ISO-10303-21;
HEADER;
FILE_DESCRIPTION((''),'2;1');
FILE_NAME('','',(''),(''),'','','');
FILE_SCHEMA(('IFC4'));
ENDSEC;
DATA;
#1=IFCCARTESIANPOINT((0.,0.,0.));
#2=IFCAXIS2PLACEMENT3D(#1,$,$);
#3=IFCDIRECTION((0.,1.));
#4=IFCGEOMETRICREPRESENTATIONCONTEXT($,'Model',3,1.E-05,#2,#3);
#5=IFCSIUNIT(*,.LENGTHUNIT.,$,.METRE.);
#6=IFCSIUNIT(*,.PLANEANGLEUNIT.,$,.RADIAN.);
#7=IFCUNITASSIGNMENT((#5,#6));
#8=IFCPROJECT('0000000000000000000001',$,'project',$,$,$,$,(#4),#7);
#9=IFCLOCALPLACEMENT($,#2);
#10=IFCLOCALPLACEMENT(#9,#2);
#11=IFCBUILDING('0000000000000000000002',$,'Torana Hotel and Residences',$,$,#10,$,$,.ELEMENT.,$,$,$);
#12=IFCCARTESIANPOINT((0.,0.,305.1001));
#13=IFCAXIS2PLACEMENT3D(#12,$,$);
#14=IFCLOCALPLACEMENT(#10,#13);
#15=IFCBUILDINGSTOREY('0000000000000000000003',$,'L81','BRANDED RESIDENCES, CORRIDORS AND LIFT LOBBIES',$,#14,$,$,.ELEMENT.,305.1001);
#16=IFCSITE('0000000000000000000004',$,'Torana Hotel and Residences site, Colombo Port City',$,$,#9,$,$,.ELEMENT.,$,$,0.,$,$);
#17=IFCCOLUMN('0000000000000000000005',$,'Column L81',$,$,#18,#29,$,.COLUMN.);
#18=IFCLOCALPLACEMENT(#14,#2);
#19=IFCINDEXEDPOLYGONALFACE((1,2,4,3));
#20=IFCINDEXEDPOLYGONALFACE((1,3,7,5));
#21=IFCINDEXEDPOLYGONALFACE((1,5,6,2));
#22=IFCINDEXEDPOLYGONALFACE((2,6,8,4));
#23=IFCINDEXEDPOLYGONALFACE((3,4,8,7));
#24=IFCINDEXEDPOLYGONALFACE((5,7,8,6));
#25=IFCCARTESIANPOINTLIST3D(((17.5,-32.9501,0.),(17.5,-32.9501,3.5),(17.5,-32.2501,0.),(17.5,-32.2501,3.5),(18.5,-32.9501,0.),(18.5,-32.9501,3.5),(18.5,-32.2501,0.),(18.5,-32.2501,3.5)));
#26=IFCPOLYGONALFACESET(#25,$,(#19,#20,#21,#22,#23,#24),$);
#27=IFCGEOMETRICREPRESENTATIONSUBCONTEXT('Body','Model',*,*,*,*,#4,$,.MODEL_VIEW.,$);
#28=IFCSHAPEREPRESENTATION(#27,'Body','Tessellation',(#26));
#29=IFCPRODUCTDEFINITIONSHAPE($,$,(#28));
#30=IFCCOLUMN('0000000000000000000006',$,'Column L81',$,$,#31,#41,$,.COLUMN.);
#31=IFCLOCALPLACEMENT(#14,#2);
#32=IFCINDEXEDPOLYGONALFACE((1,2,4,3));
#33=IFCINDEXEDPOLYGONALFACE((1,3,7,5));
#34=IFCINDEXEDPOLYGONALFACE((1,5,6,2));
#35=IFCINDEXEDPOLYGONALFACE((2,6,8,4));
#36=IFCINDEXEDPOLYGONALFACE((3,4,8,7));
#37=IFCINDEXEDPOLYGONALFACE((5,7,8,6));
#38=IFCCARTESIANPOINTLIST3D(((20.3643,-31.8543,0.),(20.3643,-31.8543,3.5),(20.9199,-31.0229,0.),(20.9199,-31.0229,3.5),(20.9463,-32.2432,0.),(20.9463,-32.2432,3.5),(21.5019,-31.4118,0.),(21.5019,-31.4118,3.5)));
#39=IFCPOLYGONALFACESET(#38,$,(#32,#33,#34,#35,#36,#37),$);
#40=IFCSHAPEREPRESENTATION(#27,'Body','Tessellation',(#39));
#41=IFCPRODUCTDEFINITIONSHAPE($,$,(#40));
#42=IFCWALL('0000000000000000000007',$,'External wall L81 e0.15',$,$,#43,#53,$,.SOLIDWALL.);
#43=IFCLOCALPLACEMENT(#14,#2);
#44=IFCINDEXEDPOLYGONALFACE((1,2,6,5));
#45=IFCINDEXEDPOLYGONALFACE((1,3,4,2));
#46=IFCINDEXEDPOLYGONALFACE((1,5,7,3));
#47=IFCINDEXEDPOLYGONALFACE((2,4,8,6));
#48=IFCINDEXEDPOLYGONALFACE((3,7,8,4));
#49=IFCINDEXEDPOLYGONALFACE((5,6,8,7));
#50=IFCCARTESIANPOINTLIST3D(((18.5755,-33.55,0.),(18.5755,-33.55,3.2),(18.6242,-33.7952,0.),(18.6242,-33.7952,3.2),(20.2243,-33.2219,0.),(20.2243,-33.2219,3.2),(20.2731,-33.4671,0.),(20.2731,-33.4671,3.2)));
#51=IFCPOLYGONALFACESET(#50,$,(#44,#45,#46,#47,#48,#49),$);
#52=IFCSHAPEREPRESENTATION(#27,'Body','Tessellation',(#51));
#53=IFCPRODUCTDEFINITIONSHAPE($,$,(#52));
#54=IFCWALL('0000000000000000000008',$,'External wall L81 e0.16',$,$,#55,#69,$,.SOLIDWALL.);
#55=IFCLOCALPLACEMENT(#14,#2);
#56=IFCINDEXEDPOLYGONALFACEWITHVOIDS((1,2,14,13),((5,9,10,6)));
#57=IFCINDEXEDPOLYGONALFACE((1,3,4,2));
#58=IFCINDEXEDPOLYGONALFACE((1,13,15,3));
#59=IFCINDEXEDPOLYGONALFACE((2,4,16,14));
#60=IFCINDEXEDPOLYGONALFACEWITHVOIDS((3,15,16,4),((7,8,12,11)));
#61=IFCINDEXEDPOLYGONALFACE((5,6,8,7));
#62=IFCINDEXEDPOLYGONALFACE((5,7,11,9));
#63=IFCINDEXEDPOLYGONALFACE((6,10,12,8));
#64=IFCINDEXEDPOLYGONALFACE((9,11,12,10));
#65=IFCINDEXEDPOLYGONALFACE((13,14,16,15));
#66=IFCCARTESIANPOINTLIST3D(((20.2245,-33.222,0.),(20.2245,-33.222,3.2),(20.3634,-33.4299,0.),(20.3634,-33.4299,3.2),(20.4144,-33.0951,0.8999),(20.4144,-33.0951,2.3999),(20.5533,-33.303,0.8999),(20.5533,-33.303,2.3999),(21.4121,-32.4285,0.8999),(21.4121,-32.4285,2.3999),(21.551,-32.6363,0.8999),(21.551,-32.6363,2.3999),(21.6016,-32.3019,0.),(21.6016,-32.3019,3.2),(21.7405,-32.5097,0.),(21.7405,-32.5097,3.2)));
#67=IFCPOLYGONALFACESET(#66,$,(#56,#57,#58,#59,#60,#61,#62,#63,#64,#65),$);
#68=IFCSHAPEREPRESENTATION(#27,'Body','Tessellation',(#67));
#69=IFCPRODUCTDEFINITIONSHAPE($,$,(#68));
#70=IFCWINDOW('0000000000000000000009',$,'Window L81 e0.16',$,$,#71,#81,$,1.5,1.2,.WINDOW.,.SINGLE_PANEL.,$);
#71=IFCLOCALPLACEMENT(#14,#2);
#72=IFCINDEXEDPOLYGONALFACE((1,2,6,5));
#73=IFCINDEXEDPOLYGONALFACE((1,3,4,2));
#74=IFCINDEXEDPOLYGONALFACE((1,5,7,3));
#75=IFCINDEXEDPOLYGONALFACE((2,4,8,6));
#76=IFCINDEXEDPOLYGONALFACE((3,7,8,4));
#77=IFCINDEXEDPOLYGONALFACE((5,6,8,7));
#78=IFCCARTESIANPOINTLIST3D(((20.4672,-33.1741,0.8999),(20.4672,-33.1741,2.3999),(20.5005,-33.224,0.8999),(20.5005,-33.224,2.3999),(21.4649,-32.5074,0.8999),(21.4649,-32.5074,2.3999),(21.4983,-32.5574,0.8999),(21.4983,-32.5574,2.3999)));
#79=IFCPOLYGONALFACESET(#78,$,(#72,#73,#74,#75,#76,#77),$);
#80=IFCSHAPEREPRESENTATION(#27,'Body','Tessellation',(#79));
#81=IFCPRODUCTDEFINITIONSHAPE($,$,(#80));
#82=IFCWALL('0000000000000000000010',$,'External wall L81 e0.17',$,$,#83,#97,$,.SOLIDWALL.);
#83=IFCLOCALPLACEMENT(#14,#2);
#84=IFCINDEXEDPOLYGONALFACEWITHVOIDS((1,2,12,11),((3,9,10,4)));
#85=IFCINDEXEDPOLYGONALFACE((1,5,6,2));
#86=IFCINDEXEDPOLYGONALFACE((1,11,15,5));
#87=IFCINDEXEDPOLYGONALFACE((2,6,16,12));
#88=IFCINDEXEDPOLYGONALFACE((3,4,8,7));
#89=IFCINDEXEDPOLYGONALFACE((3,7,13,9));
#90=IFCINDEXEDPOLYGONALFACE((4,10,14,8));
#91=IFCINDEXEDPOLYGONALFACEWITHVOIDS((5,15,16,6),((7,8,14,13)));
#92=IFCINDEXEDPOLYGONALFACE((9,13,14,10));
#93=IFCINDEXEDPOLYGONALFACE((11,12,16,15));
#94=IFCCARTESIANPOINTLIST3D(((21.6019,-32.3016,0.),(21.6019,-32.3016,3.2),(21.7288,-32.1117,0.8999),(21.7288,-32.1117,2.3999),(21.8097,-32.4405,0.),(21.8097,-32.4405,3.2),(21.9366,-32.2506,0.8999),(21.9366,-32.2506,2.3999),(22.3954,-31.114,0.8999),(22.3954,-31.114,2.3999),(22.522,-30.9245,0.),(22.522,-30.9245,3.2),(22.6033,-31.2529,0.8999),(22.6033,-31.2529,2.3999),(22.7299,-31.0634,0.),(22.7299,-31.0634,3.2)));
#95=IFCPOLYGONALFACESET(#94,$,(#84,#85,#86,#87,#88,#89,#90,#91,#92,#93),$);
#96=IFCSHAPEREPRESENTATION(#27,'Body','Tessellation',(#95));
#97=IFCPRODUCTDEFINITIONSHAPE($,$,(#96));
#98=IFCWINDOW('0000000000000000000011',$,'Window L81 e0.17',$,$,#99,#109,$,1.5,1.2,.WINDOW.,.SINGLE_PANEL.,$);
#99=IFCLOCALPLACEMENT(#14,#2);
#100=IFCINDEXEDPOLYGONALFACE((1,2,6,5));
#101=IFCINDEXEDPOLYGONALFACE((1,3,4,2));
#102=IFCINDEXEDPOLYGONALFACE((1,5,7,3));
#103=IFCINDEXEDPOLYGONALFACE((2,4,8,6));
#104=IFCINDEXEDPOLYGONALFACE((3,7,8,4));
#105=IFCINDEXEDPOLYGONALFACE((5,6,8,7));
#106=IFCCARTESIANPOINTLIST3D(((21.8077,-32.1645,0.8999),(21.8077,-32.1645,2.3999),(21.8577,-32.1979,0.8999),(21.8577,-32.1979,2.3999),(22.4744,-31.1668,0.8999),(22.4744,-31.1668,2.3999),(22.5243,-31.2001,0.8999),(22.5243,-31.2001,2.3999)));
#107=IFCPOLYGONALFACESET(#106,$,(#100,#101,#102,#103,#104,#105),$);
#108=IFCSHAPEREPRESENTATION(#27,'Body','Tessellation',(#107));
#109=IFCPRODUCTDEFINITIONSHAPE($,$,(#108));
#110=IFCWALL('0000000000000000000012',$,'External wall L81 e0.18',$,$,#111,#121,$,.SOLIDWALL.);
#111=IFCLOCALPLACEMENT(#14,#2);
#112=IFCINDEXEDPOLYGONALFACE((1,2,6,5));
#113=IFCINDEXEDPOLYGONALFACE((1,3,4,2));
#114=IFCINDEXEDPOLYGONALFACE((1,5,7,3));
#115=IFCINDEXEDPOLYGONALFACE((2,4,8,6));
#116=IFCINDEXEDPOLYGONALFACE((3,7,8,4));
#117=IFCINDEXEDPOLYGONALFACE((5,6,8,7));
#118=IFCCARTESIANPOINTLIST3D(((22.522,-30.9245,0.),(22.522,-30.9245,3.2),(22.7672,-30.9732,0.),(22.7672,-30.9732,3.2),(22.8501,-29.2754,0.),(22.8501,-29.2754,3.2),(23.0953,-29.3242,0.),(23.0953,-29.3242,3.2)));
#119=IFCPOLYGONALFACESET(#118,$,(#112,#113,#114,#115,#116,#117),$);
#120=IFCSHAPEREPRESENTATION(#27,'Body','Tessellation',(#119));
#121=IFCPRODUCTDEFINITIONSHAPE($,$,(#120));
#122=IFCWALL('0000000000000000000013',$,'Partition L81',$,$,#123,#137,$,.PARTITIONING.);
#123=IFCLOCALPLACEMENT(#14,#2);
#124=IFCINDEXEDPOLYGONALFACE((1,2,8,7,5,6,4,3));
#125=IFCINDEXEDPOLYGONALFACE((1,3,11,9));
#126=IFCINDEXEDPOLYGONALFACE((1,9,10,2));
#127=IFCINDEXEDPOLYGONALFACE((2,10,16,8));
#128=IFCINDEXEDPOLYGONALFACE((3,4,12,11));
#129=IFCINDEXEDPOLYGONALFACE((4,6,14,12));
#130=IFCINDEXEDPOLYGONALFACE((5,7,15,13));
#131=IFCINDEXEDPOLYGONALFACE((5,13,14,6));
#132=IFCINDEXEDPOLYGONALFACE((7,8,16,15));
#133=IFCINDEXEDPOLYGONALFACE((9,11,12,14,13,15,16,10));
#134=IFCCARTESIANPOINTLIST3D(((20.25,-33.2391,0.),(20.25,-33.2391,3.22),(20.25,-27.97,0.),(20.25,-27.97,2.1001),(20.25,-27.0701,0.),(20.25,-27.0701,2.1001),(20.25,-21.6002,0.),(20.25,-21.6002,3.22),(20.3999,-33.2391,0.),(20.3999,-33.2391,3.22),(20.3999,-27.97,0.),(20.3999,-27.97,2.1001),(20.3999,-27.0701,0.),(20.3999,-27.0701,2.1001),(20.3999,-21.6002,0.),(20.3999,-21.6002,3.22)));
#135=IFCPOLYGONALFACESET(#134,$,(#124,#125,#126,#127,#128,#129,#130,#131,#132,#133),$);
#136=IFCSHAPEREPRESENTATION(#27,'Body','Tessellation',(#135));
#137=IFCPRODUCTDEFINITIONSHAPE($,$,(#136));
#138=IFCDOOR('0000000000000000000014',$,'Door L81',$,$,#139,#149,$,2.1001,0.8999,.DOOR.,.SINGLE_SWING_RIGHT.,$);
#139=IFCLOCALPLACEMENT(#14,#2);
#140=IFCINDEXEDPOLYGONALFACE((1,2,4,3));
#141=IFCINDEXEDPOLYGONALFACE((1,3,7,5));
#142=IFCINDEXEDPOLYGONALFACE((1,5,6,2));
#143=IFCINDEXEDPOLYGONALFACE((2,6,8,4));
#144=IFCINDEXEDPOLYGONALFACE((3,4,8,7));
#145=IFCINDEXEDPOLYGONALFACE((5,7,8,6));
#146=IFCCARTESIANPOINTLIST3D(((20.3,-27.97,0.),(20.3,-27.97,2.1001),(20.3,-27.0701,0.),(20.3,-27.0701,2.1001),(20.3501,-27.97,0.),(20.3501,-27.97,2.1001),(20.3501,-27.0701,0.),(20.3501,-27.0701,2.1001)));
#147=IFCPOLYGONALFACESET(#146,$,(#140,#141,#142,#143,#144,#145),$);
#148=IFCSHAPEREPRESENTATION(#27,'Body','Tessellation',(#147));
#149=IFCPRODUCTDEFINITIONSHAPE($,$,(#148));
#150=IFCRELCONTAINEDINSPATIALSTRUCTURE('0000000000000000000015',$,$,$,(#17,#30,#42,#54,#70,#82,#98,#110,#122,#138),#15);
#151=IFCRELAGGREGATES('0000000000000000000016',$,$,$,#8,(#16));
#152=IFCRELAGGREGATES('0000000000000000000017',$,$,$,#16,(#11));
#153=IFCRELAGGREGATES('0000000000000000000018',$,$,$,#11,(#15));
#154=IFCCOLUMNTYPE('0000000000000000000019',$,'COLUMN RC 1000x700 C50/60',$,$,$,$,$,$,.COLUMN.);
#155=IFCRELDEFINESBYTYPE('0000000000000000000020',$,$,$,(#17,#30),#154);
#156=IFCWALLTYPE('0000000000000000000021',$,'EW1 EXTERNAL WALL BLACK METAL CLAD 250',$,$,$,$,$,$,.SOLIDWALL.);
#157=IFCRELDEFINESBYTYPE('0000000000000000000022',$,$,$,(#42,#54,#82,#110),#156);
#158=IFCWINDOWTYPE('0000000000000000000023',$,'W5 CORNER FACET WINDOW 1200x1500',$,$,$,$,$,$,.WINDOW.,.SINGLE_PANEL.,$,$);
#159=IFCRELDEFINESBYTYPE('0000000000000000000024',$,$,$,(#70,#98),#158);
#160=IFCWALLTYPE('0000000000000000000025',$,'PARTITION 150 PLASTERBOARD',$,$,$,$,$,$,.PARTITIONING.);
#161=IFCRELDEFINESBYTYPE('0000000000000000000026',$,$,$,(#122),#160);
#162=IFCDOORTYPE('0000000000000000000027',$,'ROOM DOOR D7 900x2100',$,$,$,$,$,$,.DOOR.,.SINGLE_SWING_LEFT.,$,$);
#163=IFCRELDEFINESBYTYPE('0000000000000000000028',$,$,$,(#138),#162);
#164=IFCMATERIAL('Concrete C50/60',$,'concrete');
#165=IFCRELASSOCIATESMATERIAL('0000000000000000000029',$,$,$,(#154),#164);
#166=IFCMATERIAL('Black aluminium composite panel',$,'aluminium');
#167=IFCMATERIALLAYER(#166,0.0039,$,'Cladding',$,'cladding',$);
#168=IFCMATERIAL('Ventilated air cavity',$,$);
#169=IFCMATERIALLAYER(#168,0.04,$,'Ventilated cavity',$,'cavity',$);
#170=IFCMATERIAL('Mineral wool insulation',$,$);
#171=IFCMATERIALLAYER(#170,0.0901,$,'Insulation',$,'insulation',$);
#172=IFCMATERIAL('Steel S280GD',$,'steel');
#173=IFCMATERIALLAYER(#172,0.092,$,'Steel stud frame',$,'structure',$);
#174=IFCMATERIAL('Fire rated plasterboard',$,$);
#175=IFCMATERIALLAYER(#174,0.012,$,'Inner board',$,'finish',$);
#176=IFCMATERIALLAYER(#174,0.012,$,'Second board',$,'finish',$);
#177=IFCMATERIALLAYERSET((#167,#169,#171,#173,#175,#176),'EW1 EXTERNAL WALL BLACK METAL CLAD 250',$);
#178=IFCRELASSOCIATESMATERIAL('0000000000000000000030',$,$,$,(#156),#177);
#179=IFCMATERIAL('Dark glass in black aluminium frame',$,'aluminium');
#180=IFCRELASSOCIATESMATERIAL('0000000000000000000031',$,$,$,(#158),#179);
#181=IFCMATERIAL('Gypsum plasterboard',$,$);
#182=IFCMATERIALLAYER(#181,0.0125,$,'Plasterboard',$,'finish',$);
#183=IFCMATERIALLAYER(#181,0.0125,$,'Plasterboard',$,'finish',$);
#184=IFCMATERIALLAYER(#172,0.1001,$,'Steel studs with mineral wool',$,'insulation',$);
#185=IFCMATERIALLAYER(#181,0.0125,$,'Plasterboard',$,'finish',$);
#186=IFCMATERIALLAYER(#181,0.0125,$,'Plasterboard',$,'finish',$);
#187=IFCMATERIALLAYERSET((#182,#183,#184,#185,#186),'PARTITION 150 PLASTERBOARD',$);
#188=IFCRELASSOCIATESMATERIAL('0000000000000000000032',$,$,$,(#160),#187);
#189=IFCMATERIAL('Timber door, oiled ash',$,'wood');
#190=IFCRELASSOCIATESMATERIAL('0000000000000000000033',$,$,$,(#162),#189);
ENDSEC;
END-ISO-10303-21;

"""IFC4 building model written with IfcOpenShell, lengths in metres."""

from ifc_helpers import new_model, si_unit, direction, frame, frame_2d, origin, origin_2d, place, context, subcontext, project, spatial, rectangle, extrude, material, layer, layer_set, material_profile, profile_set, type_object, element, fill, save


model = new_model("IFC4")

# Units and contexts
model_context = context("Model", 3, precision=1e-05, world=origin(), true_north=direction((0.0, 1.0)))
body_context = subcontext(model_context, "Body", "Model", "MODEL_VIEW")
ifc_project = project(units=[si_unit("LENGTHUNIT", "METRE"), si_unit("PLANEANGLEUNIT", "RADIAN")], contexts=[model_context])

# Site, building, storey
site_placement = place(None, origin())
site = spatial("IfcSite", under=ifc_project, at=site_placement, Name="Torana Hotel and Residences site, Colombo Port City", CompositionType="ELEMENT", RefElevation=0.0)
building_placement = place(site_placement, origin())
building = spatial("IfcBuilding", under=site, at=building_placement, Name="Torana Hotel and Residences", CompositionType="ELEMENT")
storey_placement = place(building_placement, frame((0.0, 0.0, 305.1001)))
storey = spatial("IfcBuildingStorey", under=building, at=storey_placement, Name="L81", Description="BRANDED RESIDENCES, CORRIDORS AND LIFT LOBBIES", CompositionType="ELEMENT", Elevation=305.1001)

# Columns
ifc_material_1 = material(Name="Concrete C50/60", Category="concrete")
ifc_material_profile = material_profile(ifc_material_1, rectangle(XDim=1.0, YDim=0.7, at=origin_2d()), Name="RC 1000x700")
ifc_profile_set = profile_set([ifc_material_profile], Name="Concrete C50/60")
column_type = type_object("IfcColumnType", Name="COLUMN RC 1000x700 C50/60", PredefinedType="COLUMN", material=ifc_profile_set)
for number, where, z_axis, x_axis, name in (
    (1, (18.0, -32.6001, 0.0), (0.0, 0.0, 1.0), (1.0, 0.0, 0.0), "Column L81"),
    (2, (20.9331, -31.6331, 0.0), (0.0, 0.0, 1.0), (0.555585, 0.83146, 0.0), "Column L81"),
):
    element("IfcColumn", number, at=place(storey_placement, frame(where, z_axis=z_axis, x_axis=x_axis)), inside=storey, type_object=column_type, Name=name, PredefinedType="COLUMN", context=body_context, shape_type="SweptSolid", body=[
        extrude(rectangle(XDim=1.0, YDim=0.7, at=origin_2d()), origin(), (0.0, 0.0, 1.0), 3.5),
    ])

# Wall
ifc_material_2 = material(Name="Black aluminium composite panel", Category="aluminium")
ifc_layer_1 = layer(ifc_material_2, 0.0039, Name="Cladding", Category="cladding")
ifc_material_3 = material(Name="Ventilated air cavity")
ifc_layer_2 = layer(ifc_material_3, 0.04, Name="Ventilated cavity", Category="cavity")
ifc_material_4 = material(Name="Mineral wool insulation")
ifc_layer_3 = layer(ifc_material_4, 0.0901, Name="Insulation", Category="insulation")
ifc_material_5 = material(Name="Steel S280GD", Category="steel")
ifc_layer_4 = layer(ifc_material_5, 0.092, Name="Steel stud frame", Category="structure")
ifc_material_6 = material(Name="Fire rated plasterboard")
ifc_layer_5 = layer(ifc_material_6, 0.012, Name="Inner board", Category="finish")
ifc_layer_6 = layer(ifc_material_6, 0.012, Name="Second board", Category="finish")
ifc_layer_set_1 = layer_set([ifc_layer_1, ifc_layer_2, ifc_layer_3, ifc_layer_4, ifc_layer_5, ifc_layer_6], Name="EW1 EXTERNAL WALL BLACK METAL CLAD 250")
wall_type_1 = type_object("IfcWallType", Name="EW1 EXTERNAL WALL BLACK METAL CLAD 250", PredefinedType="SOLIDWALL", material=ifc_layer_set_1)
wall_1_placement = place(storey_placement, frame((18.5999, -33.6726, 0.0), z_axis=(0.0, 0.0, 1.0), x_axis=(0.98077, 0.195167, 0.0)))
element("IfcWall", 3, at=wall_1_placement, inside=storey, type_object=wall_type_1, Name="External wall L81 e0.15", PredefinedType="SOLIDWALL", context=body_context, shape_type="SweptSolid", body=[
    extrude(rectangle(XDim=1.6812, YDim=0.25, at=frame_2d((0.8406, 0.0))), origin(), (0.0, 0.0, 1.0), 3.2),
])

# Walls, openings, windows
wall_2_placement = place(storey_placement, frame((20.2939, -33.3259, 0.0), z_axis=(0.0, 0.0, 1.0), x_axis=(0.831483, 0.55555, 0.0)))
wall_2 = element("IfcWall", 4, at=wall_2_placement, inside=storey, type_object=wall_type_1, Name="External wall L81 e0.16", PredefinedType="SOLIDWALL", context=body_context, shape_type="SweptSolid", body=[
    extrude(rectangle(XDim=1.6562, YDim=0.25, at=frame_2d((0.8281, 0.0))), origin(), (0.0, 0.0, 1.0), 3.2),
])
opening_1_placement = place(wall_2_placement, frame((0.2283, 0.0, 0.8999)))
opening_1 = element("IfcOpeningElement", 5, at=opening_1_placement, cuts=wall_2, PredefinedType="OPENING", context=body_context, shape_type="SweptSolid", body=[
    extrude(rectangle(XDim=1.2, YDim=1.5, at=frame_2d((0.6001, 0.75))), frame((0.0, 0.135, 0.0), z_axis=(0.0, -1.0, 0.0), x_axis=(1.0, 0.0, 0.0)), (0.0, 0.0, 1.0), 0.27),
])
ifc_material_7 = material(Name="Dark glass in black aluminium frame", Category="aluminium")
window_type_1 = type_object("IfcWindowType", Name="W5 CORNER FACET WINDOW 1200x1500", PartitioningType="SINGLE_PANEL", PredefinedType="WINDOW", material=ifc_material_7)
window_1_placement = place(opening_1_placement, origin())
window_1 = element("IfcWindow", 6, at=window_1_placement, inside=storey, type_object=window_type_1, Name="Window L81 e0.16", OverallHeight=1.5, OverallWidth=1.2, PartitioningType="SINGLE_PANEL", PredefinedType="WINDOW", context=body_context, shape_type="SweptSolid", body=[
    extrude(rectangle(XDim=1.2, YDim=1.5, at=frame_2d((0.6001, 0.75))), frame((0.0, 0.03, 0.0), z_axis=(0.0, -1.0, 0.0), x_axis=(1.0, 0.0, 0.0)), (0.0, 0.0, 1.0), 0.0601),
])
fill(opening_1, window_1)
wall_3_placement = place(storey_placement, frame((21.7058, -32.3711, 0.0), z_axis=(0.0, 0.0, 1.0), x_axis=(0.55555, 0.831483, 0.0)))
wall_3 = element("IfcWall", 7, at=wall_3_placement, inside=storey, type_object=wall_type_1, Name="External wall L81 e0.17", PredefinedType="SOLIDWALL", context=body_context, shape_type="SweptSolid", body=[
    extrude(rectangle(XDim=1.6562, YDim=0.25, at=frame_2d((0.8281, 0.0))), origin(), (0.0, 0.0, 1.0), 3.2),
])
opening_2_placement = place(wall_3_placement, frame((0.2283, 0.0, 0.8999)))
opening_2 = element("IfcOpeningElement", 8, at=opening_2_placement, cuts=wall_3, PredefinedType="OPENING", context=body_context, shape_type="SweptSolid", body=[
    extrude(rectangle(XDim=1.2, YDim=1.5, at=frame_2d((0.6001, 0.75))), frame((0.0, 0.135, 0.0), z_axis=(0.0, -1.0, 0.0), x_axis=(1.0, 0.0, 0.0)), (0.0, 0.0, 1.0), 0.27),
])
window_2_placement = place(opening_2_placement, origin())
window_2 = element("IfcWindow", 9, at=window_2_placement, inside=storey, type_object=window_type_1, Name="Window L81 e0.17", OverallHeight=1.5, OverallWidth=1.2, PartitioningType="SINGLE_PANEL", PredefinedType="WINDOW", context=body_context, shape_type="SweptSolid", body=[
    extrude(rectangle(XDim=1.2, YDim=1.5, at=frame_2d((0.6001, 0.75))), frame((0.0, 0.03, 0.0), z_axis=(0.0, -1.0, 0.0), x_axis=(1.0, 0.0, 0.0)), (0.0, 0.0, 1.0), 0.0601),
])
fill(opening_2, window_2)

# Wall
wall_4_placement = place(storey_placement, frame((22.6445, -30.949, 0.0), z_axis=(0.0, 0.0, 1.0), x_axis=(0.195139, 0.980776, 0.0)))
element("IfcWall", 10, at=wall_4_placement, inside=storey, type_object=wall_type_1, Name="External wall L81 e0.18", PredefinedType="SOLIDWALL", context=body_context, shape_type="SweptSolid", body=[
    extrude(rectangle(XDim=1.6814, YDim=0.25, at=frame_2d((0.8408, 0.0))), origin(), (0.0, 0.0, 1.0), 3.2),
])

# Wall, opening, door
ifc_material_8 = material(Name="Gypsum plasterboard")
ifc_layer_7 = layer(ifc_material_8, 0.0125, Name="Plasterboard", Category="finish")
ifc_layer_8 = layer(ifc_material_8, 0.0125, Name="Plasterboard", Category="finish")
ifc_layer_9 = layer(ifc_material_5, 0.1001, Name="Steel studs with mineral wool", Category="insulation")
ifc_layer_10 = layer(ifc_material_8, 0.0125, Name="Plasterboard", Category="finish")
ifc_layer_11 = layer(ifc_material_8, 0.0125, Name="Plasterboard", Category="finish")
ifc_layer_set_2 = layer_set([ifc_layer_7, ifc_layer_8, ifc_layer_9, ifc_layer_10, ifc_layer_11], Name="PARTITION 150 PLASTERBOARD")
wall_type_2 = type_object("IfcWallType", Name="PARTITION 150 PLASTERBOARD", PredefinedType="PARTITIONING", material=ifc_layer_set_2)
wall_5_placement = place(storey_placement, frame((20.325, -33.239, 0.0), z_axis=(0.0, 0.0, 1.0), x_axis=(0.0, 1.0, 0.0)))
wall_5 = element("IfcWall", 11, at=wall_5_placement, inside=storey, type_object=wall_type_2, Name="Partition L81", PredefinedType="PARTITIONING", context=body_context, shape_type="SweptSolid", body=[
    extrude(rectangle(XDim=11.6389, YDim=0.1499, at=frame_2d((5.8193, 0.0))), origin(), (0.0, 0.0, 1.0), 3.22),
])
opening_3_placement = place(wall_5_placement, frame((5.269, 0.0, 0.0)))
opening_3 = element("IfcOpeningElement", 12, at=opening_3_placement, cuts=wall_5, PredefinedType="OPENING", context=body_context, shape_type="SweptSolid", body=[
    extrude(rectangle(XDim=0.8999, YDim=2.1001, at=frame_2d((0.45, 1.05))), frame((0.0, 0.085, 0.0), z_axis=(0.0, -1.0, 0.0), x_axis=(1.0, 0.0, 0.0)), (0.0, 0.0, 1.0), 0.1699),
])
ifc_material_9 = material(Name="Timber door, oiled ash", Category="wood")
door_type_1 = type_object("IfcDoorType", Name="ROOM DOOR D7 900x2100", OperationType="SINGLE_SWING_LEFT", PredefinedType="DOOR", material=ifc_material_9)
door_1_placement = place(opening_3_placement, origin())
door_1 = element("IfcDoor", 13, at=door_1_placement, inside=storey, type_object=door_type_1, Name="Door L81", OperationType="SINGLE_SWING_RIGHT", OverallHeight=2.1001, OverallWidth=0.8999, PredefinedType="DOOR", context=body_context, shape_type="SweptSolid", body=[
    extrude(rectangle(XDim=0.8999, YDim=2.1001, at=frame_2d((0.45, 1.05))), frame((0.0, 0.0249, 0.0), z_axis=(0.0, -1.0, 0.0), x_axis=(1.0, 0.0, 0.0)), (0.0, 0.0, 1.0), 0.05),
])
fill(opening_3, door_1)

save(model, "model.ifc")
